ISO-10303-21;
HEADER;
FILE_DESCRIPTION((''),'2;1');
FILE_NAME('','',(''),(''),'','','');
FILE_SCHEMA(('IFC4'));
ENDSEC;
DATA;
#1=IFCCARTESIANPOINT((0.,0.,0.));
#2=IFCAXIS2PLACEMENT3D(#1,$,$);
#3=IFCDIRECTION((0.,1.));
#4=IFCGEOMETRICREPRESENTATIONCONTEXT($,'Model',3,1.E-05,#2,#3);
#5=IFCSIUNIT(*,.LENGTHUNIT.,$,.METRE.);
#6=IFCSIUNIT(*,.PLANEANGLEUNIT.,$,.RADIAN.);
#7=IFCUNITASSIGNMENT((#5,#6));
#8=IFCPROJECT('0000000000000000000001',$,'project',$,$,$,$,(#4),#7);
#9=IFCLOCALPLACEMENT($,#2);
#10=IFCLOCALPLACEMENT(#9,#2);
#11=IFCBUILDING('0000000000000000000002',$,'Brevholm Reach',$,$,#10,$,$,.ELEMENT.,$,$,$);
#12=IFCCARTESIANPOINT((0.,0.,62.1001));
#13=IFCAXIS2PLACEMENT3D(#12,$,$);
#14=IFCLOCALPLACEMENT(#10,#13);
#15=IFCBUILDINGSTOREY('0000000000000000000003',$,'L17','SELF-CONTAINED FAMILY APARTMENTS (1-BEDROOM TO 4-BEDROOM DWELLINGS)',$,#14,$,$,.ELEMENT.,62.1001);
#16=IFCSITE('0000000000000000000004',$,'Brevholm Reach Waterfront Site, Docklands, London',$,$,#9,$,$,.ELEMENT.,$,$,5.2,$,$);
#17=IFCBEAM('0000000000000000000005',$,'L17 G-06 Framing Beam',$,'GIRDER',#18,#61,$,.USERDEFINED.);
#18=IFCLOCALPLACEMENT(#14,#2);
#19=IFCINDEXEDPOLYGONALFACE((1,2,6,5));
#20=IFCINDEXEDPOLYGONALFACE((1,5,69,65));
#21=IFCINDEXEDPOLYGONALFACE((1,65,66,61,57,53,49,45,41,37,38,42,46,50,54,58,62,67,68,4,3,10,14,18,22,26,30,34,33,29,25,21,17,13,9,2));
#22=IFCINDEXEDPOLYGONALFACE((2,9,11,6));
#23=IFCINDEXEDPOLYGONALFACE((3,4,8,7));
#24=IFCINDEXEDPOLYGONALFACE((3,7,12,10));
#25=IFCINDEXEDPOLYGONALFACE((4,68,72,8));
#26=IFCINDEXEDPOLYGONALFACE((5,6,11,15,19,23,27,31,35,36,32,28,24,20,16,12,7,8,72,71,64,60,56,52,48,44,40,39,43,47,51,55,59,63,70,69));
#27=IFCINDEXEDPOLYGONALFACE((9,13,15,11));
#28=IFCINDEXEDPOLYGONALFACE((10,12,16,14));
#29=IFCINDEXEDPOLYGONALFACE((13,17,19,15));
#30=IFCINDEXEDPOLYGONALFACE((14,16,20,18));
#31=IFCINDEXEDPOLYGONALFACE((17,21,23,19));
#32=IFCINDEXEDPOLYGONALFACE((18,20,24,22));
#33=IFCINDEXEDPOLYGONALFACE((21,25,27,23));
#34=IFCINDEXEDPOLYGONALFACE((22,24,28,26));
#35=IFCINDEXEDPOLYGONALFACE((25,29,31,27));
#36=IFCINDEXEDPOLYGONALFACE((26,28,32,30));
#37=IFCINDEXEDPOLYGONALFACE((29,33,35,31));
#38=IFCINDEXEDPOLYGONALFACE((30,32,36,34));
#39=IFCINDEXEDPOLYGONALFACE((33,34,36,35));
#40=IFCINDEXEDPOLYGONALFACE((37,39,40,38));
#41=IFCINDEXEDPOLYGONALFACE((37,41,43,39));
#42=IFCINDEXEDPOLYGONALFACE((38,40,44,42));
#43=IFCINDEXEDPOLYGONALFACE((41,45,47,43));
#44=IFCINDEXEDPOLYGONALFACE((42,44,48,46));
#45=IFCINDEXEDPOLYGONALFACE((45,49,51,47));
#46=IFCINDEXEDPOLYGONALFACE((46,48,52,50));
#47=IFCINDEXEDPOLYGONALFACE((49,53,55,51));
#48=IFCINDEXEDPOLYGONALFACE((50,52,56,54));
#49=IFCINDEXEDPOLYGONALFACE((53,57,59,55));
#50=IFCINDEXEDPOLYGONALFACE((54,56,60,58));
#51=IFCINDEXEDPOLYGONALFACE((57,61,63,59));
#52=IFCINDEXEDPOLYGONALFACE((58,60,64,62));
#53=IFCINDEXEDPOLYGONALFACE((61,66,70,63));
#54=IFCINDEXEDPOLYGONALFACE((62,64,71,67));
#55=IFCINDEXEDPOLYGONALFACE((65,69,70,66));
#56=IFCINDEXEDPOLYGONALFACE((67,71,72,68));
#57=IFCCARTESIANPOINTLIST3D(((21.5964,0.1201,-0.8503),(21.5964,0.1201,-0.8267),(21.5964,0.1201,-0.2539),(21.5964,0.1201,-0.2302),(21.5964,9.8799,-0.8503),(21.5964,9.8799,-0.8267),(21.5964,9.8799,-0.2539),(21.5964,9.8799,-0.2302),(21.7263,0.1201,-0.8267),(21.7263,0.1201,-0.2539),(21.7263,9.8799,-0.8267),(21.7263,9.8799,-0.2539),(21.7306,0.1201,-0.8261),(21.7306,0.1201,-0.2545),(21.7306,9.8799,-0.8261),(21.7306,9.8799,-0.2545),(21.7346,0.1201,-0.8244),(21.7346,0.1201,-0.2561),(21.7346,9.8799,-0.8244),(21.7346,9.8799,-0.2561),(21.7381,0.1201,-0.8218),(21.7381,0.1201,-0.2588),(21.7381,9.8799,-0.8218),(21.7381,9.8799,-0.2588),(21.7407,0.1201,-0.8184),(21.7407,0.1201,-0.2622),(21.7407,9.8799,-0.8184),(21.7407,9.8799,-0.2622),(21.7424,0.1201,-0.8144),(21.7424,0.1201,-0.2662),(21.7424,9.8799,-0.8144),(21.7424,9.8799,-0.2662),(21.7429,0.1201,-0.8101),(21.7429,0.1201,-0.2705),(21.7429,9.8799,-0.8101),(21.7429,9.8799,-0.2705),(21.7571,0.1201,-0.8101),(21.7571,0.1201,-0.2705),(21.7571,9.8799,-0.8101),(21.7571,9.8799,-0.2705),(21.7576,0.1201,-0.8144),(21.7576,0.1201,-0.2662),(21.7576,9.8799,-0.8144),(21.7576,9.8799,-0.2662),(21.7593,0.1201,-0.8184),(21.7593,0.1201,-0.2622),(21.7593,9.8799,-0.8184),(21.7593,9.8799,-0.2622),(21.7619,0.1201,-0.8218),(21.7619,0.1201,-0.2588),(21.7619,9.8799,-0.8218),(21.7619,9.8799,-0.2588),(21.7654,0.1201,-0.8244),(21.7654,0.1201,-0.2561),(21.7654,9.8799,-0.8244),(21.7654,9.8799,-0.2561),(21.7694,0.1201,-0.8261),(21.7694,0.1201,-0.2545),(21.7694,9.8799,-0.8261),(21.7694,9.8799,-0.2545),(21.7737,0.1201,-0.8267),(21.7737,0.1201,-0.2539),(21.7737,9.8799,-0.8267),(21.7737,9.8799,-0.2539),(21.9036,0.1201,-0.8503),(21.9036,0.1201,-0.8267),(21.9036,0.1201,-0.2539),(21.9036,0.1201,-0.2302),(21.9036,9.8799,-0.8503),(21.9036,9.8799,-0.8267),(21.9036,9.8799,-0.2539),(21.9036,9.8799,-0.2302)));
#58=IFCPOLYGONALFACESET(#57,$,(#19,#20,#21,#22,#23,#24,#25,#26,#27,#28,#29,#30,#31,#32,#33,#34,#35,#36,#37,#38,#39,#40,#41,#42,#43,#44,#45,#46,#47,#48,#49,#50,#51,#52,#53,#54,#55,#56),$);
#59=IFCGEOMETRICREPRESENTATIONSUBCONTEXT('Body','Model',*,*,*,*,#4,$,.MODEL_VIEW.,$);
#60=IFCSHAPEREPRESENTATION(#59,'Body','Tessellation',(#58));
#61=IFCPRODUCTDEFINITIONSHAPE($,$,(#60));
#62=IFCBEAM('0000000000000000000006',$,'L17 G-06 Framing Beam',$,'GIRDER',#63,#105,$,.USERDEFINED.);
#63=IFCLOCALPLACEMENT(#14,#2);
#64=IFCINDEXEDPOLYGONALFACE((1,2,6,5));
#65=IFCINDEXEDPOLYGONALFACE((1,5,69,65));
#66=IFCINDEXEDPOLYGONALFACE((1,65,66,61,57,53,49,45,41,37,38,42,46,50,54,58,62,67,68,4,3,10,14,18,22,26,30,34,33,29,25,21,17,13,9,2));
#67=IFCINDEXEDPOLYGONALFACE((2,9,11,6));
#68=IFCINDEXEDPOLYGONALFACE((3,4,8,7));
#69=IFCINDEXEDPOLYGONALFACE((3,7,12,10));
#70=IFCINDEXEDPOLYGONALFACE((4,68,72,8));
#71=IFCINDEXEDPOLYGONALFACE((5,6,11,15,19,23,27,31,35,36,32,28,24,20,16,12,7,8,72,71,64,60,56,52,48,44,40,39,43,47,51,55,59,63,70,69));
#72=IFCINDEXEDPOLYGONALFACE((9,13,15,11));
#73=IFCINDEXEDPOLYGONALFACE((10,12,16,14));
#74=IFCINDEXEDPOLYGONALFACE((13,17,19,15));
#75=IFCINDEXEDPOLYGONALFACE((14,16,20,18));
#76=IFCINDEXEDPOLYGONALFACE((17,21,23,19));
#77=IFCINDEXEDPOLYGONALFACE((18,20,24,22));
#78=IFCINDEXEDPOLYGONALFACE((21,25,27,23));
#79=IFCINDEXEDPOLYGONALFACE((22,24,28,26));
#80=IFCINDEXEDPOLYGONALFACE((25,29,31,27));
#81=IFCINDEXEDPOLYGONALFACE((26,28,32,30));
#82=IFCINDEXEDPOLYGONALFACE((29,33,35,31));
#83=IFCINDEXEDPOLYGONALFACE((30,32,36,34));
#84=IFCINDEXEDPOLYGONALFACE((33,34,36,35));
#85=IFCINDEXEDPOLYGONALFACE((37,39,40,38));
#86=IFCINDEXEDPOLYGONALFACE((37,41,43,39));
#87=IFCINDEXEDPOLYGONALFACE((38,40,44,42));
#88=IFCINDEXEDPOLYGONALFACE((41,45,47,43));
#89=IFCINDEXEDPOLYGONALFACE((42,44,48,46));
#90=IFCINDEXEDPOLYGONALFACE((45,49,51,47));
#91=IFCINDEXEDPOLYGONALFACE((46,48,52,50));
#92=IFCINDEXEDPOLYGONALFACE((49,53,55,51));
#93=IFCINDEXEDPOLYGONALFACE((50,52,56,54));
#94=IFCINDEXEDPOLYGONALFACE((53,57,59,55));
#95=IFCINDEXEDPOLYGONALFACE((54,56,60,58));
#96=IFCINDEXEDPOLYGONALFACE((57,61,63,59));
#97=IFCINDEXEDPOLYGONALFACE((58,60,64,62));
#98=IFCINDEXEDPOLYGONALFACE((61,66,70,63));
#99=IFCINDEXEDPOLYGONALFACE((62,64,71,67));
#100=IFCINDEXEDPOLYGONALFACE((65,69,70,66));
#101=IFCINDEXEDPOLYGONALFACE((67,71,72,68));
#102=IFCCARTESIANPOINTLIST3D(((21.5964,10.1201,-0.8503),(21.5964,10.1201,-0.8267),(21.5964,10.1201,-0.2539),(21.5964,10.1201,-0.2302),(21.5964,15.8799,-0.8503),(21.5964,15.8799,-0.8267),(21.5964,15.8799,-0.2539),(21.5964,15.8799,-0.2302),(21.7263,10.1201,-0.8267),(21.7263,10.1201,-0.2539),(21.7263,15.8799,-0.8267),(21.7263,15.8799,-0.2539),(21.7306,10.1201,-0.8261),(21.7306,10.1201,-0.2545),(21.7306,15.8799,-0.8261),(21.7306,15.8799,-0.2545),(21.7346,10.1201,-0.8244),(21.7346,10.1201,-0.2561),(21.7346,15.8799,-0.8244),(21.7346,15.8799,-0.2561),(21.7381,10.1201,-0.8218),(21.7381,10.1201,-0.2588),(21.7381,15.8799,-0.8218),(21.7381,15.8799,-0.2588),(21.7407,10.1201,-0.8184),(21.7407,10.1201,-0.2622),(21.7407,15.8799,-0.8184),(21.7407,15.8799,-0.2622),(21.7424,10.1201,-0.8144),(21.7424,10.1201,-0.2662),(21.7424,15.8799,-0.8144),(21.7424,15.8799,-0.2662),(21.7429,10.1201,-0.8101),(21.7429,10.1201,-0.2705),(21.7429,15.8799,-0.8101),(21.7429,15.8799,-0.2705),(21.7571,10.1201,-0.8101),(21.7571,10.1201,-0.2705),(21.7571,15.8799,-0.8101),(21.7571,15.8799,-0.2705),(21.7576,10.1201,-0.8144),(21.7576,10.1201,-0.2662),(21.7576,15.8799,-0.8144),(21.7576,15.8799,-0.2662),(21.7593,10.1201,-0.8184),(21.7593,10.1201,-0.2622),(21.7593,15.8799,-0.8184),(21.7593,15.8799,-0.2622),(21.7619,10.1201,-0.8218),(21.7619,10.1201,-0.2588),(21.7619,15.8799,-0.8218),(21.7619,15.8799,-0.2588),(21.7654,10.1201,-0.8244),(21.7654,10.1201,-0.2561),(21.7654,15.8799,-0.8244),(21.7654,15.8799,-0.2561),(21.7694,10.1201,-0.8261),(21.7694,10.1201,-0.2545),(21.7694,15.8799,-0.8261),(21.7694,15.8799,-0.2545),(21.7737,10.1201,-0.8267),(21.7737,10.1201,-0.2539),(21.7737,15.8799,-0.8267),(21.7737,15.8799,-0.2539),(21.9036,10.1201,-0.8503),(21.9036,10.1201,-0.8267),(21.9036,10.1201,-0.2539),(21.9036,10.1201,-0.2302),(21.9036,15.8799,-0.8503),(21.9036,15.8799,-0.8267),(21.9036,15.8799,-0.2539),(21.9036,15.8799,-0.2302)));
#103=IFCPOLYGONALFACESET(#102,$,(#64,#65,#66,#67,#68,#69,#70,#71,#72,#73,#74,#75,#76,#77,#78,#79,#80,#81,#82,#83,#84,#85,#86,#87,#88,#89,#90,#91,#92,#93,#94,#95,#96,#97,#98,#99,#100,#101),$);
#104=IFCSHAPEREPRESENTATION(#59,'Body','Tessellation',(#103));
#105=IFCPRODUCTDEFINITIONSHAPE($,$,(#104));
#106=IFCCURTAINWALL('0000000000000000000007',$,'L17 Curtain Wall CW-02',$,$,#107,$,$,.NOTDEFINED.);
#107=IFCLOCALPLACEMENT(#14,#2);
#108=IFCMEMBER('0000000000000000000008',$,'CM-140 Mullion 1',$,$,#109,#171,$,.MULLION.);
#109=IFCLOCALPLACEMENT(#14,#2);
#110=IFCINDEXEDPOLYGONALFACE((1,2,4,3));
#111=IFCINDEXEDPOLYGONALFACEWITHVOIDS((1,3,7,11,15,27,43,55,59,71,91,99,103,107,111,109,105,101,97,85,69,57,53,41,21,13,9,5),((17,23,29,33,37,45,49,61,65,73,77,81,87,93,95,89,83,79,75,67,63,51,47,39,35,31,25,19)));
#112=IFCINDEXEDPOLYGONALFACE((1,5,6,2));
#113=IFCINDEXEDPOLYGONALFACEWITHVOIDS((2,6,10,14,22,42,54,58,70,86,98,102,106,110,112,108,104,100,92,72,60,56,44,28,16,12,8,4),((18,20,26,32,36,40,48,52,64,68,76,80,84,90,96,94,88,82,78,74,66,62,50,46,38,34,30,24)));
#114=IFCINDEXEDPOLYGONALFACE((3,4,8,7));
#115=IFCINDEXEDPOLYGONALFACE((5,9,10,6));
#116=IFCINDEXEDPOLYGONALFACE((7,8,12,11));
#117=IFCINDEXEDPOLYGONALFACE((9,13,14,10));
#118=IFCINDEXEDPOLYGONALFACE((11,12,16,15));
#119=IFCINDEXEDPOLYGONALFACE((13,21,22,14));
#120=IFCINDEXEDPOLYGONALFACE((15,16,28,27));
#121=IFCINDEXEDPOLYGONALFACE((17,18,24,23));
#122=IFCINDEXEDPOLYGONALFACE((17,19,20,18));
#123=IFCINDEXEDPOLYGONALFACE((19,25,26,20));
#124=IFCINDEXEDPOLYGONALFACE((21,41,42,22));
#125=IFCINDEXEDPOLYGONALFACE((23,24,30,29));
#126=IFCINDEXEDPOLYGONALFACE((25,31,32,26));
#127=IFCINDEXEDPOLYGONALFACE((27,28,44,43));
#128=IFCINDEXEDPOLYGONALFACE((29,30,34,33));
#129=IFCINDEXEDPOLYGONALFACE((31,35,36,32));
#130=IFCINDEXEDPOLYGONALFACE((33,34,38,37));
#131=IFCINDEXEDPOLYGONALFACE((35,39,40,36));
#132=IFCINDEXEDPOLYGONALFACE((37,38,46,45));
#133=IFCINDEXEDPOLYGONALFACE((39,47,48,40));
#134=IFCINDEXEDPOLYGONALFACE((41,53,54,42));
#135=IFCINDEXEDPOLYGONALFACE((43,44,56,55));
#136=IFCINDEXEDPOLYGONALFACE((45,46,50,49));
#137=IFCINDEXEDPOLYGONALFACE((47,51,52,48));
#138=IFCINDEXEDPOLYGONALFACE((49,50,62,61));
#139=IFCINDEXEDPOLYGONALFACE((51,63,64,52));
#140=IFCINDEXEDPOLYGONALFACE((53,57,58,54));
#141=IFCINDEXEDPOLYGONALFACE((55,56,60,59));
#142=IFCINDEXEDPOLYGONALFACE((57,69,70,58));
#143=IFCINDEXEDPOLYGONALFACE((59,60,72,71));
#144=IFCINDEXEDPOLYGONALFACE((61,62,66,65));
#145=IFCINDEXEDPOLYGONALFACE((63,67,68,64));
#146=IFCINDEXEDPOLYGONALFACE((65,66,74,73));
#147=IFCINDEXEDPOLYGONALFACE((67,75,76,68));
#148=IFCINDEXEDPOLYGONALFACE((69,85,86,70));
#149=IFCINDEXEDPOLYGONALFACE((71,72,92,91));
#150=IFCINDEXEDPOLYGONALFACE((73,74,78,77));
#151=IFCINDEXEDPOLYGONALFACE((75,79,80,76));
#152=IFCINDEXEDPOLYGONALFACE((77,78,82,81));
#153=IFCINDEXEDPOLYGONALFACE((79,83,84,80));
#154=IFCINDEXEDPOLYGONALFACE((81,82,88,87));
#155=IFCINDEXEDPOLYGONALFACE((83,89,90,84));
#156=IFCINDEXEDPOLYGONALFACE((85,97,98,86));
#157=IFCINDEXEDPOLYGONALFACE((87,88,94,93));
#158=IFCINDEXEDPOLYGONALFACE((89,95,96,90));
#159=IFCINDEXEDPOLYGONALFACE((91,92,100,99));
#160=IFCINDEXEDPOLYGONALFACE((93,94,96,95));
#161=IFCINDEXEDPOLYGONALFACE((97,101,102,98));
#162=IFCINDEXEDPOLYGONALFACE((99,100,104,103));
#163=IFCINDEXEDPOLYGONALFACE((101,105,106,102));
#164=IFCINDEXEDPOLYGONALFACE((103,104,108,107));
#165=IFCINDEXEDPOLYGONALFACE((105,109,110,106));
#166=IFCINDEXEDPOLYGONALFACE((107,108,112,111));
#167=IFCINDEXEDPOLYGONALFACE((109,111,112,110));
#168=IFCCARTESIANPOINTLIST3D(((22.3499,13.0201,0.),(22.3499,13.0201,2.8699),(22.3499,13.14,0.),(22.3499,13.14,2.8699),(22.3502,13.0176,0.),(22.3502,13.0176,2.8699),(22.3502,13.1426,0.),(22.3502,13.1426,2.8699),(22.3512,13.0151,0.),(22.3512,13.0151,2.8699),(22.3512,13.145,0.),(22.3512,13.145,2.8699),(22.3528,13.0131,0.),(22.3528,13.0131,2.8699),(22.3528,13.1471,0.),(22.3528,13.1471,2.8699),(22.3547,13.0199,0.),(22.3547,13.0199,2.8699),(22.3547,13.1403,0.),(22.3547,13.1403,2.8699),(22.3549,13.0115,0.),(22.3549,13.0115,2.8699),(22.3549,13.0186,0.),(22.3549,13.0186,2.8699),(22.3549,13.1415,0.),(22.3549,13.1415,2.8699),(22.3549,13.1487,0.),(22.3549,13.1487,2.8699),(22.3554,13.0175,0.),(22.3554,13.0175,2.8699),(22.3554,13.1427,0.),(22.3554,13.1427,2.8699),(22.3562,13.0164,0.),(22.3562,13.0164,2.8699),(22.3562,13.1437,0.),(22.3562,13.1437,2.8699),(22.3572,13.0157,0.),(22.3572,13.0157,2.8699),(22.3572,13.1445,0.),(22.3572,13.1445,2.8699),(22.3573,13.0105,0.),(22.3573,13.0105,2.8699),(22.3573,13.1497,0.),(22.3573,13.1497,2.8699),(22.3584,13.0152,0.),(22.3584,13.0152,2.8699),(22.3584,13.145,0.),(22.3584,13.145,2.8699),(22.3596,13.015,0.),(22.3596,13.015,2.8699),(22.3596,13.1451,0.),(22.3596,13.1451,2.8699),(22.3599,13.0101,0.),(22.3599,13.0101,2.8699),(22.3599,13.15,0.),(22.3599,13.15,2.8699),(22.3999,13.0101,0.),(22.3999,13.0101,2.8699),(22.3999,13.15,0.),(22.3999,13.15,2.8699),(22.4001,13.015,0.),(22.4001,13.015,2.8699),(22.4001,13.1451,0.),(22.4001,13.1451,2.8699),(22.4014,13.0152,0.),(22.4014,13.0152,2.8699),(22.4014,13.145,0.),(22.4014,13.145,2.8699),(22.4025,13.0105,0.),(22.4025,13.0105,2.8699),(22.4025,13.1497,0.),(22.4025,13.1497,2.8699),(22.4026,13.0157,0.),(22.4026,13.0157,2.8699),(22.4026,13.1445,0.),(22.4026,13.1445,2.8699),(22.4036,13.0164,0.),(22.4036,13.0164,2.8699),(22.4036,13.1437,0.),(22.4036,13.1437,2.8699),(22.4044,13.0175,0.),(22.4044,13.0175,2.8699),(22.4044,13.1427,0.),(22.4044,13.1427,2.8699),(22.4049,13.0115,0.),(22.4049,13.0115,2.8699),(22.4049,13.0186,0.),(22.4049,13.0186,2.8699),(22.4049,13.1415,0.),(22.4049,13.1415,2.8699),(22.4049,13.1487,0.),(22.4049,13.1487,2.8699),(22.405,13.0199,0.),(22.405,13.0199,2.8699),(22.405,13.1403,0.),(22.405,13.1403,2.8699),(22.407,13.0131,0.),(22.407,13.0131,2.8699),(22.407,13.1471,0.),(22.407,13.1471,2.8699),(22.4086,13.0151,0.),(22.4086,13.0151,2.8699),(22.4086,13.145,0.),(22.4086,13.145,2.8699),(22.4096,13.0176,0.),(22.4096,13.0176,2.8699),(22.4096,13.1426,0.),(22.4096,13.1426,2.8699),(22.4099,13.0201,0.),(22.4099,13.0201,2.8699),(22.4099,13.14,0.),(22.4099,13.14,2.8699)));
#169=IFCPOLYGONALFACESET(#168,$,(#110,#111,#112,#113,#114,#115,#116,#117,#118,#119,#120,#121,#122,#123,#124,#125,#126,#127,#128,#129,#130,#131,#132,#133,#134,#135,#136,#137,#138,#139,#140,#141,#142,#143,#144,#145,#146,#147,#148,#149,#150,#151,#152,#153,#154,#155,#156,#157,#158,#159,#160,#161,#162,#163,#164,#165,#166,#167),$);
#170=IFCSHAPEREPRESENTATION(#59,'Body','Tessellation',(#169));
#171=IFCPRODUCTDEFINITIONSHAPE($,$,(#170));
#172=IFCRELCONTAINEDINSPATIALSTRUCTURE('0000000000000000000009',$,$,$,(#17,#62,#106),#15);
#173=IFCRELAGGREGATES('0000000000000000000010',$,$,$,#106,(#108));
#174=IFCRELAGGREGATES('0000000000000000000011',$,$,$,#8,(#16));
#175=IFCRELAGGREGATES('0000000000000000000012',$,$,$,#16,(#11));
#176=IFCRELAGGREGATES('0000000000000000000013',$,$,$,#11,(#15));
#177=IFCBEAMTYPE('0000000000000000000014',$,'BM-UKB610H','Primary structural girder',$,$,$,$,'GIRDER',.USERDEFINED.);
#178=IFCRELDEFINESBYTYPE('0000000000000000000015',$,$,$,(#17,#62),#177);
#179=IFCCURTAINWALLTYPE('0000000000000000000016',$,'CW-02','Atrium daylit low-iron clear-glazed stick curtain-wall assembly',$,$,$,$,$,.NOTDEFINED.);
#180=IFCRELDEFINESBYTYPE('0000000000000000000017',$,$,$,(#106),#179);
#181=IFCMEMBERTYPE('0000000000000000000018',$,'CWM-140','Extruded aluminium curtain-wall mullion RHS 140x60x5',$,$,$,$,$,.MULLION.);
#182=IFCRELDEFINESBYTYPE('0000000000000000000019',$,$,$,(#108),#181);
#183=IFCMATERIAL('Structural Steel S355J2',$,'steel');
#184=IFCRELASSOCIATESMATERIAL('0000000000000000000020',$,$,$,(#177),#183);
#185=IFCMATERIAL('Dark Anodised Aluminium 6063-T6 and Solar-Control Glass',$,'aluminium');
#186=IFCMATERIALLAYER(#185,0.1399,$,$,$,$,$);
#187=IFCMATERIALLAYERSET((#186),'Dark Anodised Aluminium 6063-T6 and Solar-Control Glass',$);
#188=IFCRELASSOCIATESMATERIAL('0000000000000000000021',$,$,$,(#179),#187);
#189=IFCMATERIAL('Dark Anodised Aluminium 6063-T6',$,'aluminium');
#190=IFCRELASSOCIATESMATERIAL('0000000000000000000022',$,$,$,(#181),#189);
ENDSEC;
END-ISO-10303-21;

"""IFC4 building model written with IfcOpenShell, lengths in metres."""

from ifc_helpers import new_model, si_unit, direction, frame, origin, origin_2d, place, context, subcontext, project, spatial, hollow_rectangle, i_section, extrude, material, layer, layer_set, material_profile, profile_set, type_object, element, aggregate, save


model = new_model("IFC4")

# Units and contexts
model_context = context("Model", 3, precision=1e-05, world=origin(), true_north=direction((0.0, 1.0)))
body_context = subcontext(model_context, "Body", "Model", "MODEL_VIEW")
ifc_project = project(units=[si_unit("LENGTHUNIT", "METRE"), si_unit("PLANEANGLEUNIT", "RADIAN")], contexts=[model_context])

# Site, building, storey
site_placement = place(None, origin())
site = spatial("IfcSite", under=ifc_project, at=site_placement, Name="Brevholm Reach Waterfront Site, Docklands, London", CompositionType="ELEMENT", RefElevation=5.2)
building_placement = place(site_placement, origin())
building = spatial("IfcBuilding", under=site, at=building_placement, Name="Brevholm Reach", CompositionType="ELEMENT")
storey_placement = place(building_placement, frame((0.0, 0.0, 62.1001)))
storey = spatial("IfcBuildingStorey", under=building, at=storey_placement, Name="L17", Description="SELF-CONTAINED FAMILY APARTMENTS (1-BEDROOM TO 4-BEDROOM DWELLINGS)", CompositionType="ELEMENT", Elevation=62.1001)

# Beams
ifc_material_1 = material(Name="Structural Steel S355J2", Category="steel")
ifc_material_profile_1 = material_profile(ifc_material_1, i_section(OverallWidth=0.3071, OverallDepth=0.6201, WebThickness=0.0142, FlangeThickness=0.0237, FilletRadius=0.0166, at=origin_2d()), Name="UKB 610x305x179")
ifc_profile_set_1 = profile_set([ifc_material_profile_1], Name="Structural Steel S355J2")
beam_type_1 = type_object("IfcBeamType", Name="BM-UKB610H", Description="Primary structural girder", ElementType="GIRDER", PredefinedType="USERDEFINED", material=ifc_profile_set_1)
beam_1_placement = place(storey_placement, frame((21.75, 0.1201, -0.5403), z_axis=(0.0, 1.0, 0.0), x_axis=(-1.0, 0.0, 0.0)))
element("IfcBeam", 1, at=beam_1_placement, inside=storey, type_object=beam_type_1, Name="L17 G-06 Framing Beam", ObjectType="GIRDER", PredefinedType="USERDEFINED", context=body_context, shape_type="SweptSolid", body=[
    extrude(i_section(OverallWidth=0.3071, OverallDepth=0.6201, WebThickness=0.0142, FlangeThickness=0.0237, FilletRadius=0.0166, at=origin_2d()), origin(), (0.0, 0.0, 1.0), 9.7598),
])
beam_2_placement = place(storey_placement, frame((21.75, 10.1201, -0.5403), z_axis=(0.0, 1.0, 0.0), x_axis=(-1.0, 0.0, 0.0)))
element("IfcBeam", 2, at=beam_2_placement, inside=storey, type_object=beam_type_1, Name="L17 G-06 Framing Beam", ObjectType="GIRDER", PredefinedType="USERDEFINED", context=body_context, shape_type="SweptSolid", body=[
    extrude(i_section(OverallWidth=0.3071, OverallDepth=0.6201, WebThickness=0.0142, FlangeThickness=0.0237, FilletRadius=0.0166, at=origin_2d()), origin(), (0.0, 0.0, 1.0), 5.7598),
])

# Curtain wall, member
ifc_material_2 = material(Name="Dark Anodised Aluminium 6063-T6 and Solar-Control Glass", Category="aluminium")
ifc_layer_1 = layer(ifc_material_2, 0.1399)
ifc_layer_set_1 = layer_set([ifc_layer_1], Name="Dark Anodised Aluminium 6063-T6 and Solar-Control Glass")
curtain_wall_type = type_object("IfcCurtainWallType", Name="CW-02", Description="Atrium daylit low-iron clear-glazed stick curtain-wall assembly", PredefinedType="NOTDEFINED", material=ifc_layer_set_1)
curtain_wall_placement = place(storey_placement, origin())
curtain_wall = element("IfcCurtainWall", 3, at=curtain_wall_placement, inside=storey, type_object=curtain_wall_type, Name="L17 Curtain Wall CW-02", PredefinedType="NOTDEFINED")
ifc_material_3 = material(Name="Dark Anodised Aluminium 6063-T6", Category="aluminium")
ifc_material_profile_2 = material_profile(ifc_material_3, hollow_rectangle(XDim=0.0601, YDim=0.1399, WallThickness=0.0049, InnerFilletRadius=0.0049, OuterFilletRadius=0.01, at=origin_2d()), Name="RHS 140x60x5")
ifc_profile_set_2 = profile_set([ifc_material_profile_2], Name="Dark Anodised Aluminium 6063-T6")
member_type_1 = type_object("IfcMemberType", Name="CWM-140", Description="Extruded aluminium curtain-wall mullion RHS 140x60x5", PredefinedType="MULLION", material=ifc_profile_set_2)
member_1_placement = place(storey_placement, frame((22.3799, 13.0801, 0.0), z_axis=(0.0, 0.0, 1.0), x_axis=(1.0, 0.0, 0.0)))
member_1 = element("IfcMember", 4, at=member_1_placement, type_object=member_type_1, Name="CM-140 Mullion 1", PredefinedType="MULLION", context=body_context, shape_type="SweptSolid", body=[
    extrude(hollow_rectangle(XDim=0.0601, YDim=0.1399, WallThickness=0.0049, InnerFilletRadius=0.0049, OuterFilletRadius=0.01, at=origin_2d()), origin(), (0.0, 0.0, 1.0), 2.8699),
])
aggregate(curtain_wall, [member_1])

save(model, "model.ifc")
